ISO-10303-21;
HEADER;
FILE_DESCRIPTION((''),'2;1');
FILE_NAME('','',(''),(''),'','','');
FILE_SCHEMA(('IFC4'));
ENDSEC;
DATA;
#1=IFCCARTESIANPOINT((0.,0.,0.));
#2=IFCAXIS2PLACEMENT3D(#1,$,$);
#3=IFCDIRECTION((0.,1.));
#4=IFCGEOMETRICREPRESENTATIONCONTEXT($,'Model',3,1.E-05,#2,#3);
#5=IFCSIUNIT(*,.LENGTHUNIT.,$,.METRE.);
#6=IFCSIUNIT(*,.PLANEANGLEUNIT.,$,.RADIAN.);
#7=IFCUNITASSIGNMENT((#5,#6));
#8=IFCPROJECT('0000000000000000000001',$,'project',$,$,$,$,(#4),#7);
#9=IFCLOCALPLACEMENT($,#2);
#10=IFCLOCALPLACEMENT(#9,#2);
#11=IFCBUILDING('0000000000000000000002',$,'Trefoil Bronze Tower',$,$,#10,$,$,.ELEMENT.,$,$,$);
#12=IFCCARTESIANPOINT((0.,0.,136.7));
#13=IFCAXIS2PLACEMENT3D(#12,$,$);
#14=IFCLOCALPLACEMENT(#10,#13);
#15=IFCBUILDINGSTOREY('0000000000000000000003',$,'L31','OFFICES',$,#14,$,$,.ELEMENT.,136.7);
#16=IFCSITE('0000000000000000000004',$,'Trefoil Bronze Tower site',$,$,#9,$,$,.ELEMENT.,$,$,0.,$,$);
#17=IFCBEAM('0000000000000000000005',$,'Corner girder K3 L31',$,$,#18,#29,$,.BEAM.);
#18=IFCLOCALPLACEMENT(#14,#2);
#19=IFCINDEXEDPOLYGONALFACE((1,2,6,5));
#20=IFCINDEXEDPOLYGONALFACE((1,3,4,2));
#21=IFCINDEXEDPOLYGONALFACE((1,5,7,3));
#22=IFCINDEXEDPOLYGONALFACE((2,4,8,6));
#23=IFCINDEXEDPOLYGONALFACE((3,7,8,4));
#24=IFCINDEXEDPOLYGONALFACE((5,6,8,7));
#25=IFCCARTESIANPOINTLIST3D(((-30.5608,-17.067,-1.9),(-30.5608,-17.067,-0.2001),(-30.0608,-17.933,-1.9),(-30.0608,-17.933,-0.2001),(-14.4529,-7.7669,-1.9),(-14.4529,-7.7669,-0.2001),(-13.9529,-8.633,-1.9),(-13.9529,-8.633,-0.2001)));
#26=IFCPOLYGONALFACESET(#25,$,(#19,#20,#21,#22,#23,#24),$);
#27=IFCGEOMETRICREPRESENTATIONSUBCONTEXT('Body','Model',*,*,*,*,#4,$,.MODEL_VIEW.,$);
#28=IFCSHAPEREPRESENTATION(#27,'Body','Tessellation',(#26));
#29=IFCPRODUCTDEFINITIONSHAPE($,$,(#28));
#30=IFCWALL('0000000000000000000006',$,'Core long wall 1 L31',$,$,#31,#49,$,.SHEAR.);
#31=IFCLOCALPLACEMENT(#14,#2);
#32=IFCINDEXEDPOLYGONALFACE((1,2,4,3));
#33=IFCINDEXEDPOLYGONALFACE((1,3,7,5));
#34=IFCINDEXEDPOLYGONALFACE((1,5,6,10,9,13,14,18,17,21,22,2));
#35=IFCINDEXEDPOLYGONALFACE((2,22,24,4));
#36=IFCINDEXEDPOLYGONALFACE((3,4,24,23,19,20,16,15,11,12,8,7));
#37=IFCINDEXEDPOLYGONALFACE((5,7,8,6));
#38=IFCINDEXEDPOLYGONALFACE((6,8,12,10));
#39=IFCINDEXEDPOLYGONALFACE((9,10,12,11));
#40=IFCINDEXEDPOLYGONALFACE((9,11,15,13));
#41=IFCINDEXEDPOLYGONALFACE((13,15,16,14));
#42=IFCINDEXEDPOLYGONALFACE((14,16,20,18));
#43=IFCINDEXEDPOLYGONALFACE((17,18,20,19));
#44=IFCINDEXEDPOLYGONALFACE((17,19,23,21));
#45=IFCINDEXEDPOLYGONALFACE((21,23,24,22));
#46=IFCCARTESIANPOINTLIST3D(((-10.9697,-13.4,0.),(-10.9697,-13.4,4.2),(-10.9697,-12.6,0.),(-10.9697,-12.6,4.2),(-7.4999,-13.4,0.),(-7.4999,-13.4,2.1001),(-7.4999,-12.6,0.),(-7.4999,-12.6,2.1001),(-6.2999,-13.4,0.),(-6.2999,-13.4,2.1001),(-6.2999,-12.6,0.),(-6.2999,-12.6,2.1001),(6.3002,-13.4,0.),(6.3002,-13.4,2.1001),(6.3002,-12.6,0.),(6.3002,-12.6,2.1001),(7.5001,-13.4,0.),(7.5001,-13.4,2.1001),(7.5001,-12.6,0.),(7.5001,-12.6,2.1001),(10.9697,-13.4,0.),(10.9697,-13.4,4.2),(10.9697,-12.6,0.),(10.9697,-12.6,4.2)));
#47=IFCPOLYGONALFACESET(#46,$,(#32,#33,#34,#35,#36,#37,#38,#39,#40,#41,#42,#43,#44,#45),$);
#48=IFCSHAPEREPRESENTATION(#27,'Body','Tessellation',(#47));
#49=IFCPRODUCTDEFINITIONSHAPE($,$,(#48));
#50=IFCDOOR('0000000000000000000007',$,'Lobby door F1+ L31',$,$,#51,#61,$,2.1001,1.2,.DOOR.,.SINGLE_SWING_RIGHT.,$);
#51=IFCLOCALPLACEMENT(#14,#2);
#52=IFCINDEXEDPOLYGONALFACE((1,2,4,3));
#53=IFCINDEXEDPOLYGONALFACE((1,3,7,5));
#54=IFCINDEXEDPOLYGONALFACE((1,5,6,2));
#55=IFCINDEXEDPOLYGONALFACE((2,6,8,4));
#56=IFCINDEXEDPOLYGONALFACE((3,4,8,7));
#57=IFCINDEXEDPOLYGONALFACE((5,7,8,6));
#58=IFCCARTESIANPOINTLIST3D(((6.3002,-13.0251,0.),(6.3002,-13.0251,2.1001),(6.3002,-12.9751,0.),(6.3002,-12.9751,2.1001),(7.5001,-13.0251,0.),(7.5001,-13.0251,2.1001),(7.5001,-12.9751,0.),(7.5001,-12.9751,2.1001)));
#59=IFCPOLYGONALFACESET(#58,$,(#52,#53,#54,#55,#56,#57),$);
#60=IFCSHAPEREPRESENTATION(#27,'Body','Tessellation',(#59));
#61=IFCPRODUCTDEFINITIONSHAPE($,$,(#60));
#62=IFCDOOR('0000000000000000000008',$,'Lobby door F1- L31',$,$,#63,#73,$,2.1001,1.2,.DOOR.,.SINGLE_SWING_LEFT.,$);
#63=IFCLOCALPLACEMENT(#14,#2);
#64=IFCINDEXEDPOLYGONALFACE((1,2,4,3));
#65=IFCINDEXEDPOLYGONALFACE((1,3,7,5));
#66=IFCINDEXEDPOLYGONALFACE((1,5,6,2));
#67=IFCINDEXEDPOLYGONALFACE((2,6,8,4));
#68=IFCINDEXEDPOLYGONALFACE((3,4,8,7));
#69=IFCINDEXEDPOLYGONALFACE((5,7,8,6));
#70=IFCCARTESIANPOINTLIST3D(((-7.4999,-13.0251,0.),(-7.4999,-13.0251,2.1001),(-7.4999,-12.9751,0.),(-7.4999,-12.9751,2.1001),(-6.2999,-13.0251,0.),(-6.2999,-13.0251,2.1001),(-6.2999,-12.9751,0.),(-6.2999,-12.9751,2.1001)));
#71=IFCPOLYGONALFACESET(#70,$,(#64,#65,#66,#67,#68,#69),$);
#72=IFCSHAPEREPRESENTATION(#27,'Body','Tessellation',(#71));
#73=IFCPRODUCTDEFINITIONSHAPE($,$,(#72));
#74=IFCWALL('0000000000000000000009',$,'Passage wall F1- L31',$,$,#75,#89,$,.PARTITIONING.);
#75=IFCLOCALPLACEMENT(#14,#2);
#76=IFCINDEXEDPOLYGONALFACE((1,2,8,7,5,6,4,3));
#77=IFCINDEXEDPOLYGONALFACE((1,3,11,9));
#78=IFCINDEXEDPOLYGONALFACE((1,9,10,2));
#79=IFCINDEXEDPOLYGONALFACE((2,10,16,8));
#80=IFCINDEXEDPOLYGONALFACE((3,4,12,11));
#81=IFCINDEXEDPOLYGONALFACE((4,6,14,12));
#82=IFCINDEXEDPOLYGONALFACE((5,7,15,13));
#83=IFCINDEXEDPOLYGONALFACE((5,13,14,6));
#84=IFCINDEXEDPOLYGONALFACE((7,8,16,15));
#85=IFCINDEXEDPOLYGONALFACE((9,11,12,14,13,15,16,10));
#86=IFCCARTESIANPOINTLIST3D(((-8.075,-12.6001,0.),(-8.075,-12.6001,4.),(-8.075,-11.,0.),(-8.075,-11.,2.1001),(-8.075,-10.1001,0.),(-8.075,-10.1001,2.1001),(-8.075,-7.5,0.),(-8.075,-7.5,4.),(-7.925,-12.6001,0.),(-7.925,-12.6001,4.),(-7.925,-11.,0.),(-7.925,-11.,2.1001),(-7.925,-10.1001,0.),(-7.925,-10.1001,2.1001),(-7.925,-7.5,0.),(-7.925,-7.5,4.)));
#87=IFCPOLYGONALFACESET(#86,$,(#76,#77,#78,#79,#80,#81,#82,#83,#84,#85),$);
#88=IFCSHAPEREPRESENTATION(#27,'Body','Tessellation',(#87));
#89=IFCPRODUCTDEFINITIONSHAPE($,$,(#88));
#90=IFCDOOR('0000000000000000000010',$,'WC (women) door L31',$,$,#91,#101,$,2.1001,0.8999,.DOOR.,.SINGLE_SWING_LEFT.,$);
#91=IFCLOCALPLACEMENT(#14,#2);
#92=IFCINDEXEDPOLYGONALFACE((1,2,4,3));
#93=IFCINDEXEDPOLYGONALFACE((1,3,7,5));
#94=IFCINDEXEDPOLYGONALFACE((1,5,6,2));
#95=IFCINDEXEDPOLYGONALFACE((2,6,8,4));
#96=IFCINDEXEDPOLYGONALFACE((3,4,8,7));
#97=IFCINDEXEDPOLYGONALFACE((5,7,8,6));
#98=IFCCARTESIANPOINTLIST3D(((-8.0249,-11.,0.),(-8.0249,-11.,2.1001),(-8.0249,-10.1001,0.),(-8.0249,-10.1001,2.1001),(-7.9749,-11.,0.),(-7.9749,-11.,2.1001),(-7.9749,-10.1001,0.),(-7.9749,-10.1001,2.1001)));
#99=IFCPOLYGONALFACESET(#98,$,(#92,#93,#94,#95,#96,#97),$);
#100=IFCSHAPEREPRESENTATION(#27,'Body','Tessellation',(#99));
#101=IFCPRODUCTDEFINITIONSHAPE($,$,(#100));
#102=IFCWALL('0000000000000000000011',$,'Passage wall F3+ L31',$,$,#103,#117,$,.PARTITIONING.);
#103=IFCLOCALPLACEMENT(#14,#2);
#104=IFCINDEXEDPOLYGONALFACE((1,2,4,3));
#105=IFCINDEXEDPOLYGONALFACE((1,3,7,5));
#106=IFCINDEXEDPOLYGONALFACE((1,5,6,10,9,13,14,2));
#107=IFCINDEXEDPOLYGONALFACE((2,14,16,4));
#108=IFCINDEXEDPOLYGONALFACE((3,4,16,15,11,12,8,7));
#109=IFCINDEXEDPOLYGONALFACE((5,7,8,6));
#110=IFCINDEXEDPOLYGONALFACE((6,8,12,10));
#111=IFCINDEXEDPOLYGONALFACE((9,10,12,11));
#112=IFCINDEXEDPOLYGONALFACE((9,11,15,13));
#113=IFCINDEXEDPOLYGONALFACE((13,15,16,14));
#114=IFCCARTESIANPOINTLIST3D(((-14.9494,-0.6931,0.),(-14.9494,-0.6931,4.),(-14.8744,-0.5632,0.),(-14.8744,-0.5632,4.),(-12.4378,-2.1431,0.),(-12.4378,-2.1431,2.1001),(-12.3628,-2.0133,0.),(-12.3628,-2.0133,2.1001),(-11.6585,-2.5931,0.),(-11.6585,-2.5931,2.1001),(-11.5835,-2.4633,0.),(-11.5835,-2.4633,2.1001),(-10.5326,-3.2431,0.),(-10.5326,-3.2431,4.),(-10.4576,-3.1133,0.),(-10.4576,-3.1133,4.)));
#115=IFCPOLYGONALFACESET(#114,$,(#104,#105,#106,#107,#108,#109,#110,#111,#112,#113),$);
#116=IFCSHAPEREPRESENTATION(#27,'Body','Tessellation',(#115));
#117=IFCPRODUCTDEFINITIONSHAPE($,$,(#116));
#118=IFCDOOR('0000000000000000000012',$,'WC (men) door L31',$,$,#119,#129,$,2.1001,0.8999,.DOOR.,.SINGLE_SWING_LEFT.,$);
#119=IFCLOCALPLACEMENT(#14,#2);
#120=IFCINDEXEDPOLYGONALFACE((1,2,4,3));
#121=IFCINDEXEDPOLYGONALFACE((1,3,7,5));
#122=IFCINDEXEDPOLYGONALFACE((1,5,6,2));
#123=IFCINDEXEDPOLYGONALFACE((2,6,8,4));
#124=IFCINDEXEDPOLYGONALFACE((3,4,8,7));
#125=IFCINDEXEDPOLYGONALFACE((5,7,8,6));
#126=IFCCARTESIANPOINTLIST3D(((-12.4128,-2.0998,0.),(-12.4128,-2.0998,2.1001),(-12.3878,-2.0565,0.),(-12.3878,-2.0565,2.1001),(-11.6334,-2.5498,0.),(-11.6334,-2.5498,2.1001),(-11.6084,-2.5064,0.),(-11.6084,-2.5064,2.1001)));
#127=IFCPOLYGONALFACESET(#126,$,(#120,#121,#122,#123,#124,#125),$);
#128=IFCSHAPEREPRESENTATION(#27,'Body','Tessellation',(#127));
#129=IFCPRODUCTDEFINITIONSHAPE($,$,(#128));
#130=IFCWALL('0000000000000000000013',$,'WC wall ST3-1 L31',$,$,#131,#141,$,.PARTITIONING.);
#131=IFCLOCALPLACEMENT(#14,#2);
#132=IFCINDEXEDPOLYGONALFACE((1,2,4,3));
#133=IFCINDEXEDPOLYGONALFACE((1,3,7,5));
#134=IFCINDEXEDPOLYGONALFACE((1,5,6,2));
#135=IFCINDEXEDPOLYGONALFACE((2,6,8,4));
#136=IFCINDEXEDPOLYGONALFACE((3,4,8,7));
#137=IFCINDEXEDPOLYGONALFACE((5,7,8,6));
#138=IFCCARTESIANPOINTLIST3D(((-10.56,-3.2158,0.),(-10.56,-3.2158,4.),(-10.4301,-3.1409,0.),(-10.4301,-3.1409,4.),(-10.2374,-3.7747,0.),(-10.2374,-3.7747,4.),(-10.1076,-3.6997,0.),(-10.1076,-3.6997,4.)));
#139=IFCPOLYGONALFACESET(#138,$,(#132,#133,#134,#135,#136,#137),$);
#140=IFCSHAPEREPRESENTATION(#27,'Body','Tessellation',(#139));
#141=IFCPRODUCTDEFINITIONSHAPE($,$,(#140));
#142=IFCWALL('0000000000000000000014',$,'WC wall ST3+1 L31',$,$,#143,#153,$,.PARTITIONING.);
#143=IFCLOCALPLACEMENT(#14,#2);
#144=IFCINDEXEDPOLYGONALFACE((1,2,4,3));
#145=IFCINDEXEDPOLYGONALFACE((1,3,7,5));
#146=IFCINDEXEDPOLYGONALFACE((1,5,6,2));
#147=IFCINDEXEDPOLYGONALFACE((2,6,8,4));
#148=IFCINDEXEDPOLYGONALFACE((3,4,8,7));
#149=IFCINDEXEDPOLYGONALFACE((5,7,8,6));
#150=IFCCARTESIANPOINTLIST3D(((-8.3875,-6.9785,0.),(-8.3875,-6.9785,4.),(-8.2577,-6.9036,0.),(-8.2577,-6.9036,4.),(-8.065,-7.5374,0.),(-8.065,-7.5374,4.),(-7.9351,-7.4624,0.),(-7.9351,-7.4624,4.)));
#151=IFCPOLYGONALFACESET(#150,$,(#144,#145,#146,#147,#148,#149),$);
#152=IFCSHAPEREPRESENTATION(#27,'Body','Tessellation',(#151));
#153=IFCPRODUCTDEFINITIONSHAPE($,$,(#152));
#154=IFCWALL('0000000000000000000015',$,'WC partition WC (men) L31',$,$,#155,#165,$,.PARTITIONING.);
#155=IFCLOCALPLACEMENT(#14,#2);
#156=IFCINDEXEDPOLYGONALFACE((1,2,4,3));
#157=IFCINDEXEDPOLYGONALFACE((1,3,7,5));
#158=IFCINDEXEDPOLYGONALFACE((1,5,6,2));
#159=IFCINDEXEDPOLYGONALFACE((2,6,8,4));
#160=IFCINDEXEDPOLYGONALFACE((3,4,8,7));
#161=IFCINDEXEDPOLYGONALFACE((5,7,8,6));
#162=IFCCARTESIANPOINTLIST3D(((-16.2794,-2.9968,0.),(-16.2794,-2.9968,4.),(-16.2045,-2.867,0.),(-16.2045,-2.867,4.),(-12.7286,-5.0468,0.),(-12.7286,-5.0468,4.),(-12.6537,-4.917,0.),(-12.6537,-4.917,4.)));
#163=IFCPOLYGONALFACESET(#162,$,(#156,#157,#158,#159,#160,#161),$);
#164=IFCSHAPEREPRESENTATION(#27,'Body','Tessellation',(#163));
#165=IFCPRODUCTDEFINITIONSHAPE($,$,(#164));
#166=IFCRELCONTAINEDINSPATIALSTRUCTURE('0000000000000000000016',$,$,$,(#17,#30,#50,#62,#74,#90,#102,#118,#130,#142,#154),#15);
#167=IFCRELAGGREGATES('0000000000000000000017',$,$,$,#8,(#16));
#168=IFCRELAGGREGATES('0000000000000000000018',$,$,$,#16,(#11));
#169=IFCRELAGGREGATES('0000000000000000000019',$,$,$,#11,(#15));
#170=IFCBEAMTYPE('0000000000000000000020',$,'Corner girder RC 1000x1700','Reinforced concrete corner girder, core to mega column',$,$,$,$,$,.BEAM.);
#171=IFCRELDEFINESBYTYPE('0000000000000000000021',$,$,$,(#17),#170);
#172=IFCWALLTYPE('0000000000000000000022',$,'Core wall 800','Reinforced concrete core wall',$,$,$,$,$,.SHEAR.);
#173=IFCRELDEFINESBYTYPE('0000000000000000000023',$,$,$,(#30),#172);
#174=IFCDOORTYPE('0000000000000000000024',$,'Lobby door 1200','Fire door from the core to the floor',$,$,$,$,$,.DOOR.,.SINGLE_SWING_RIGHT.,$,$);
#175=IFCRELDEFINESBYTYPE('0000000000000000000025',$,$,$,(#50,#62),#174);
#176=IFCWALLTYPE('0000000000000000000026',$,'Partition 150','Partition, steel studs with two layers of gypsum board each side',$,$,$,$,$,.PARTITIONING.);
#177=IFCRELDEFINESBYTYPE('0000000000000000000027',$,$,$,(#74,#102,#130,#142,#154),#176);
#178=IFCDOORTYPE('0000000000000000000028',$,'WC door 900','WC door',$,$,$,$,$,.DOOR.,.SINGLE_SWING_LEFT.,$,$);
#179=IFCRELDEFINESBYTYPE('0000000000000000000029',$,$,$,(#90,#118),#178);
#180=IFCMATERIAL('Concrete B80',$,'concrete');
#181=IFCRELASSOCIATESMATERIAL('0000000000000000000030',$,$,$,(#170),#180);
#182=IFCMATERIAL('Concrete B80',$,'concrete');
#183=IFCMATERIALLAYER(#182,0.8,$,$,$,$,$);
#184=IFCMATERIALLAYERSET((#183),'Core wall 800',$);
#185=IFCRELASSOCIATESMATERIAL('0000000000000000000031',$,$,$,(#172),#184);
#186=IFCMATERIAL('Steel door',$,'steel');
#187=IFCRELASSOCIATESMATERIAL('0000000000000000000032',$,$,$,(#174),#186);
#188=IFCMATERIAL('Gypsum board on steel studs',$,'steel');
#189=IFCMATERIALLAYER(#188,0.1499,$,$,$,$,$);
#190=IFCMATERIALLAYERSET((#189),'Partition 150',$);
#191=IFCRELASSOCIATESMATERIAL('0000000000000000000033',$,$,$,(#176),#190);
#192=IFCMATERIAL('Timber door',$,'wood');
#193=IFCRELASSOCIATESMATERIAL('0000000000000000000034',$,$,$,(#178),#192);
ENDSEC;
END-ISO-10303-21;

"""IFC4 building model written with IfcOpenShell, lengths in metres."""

from ifc_helpers import new_model, si_unit, direction, frame, frame_2d, origin, origin_2d, place, context, subcontext, project, spatial, rectangle, extrude, material, layer, layer_set, material_profile, profile_set, type_object, element, fill, save


model = new_model("IFC4")

# Units and contexts
model_context = context("Model", 3, precision=1e-05, world=origin(), true_north=direction((0.0, 1.0)))
body_context = subcontext(model_context, "Body", "Model", "MODEL_VIEW")
ifc_project = project(units=[si_unit("LENGTHUNIT", "METRE"), si_unit("PLANEANGLEUNIT", "RADIAN")], contexts=[model_context])

# Site, building, storey
site_placement = place(None, origin())
site = spatial("IfcSite", under=ifc_project, at=site_placement, Name="Trefoil Bronze Tower site", CompositionType="ELEMENT", RefElevation=0.0)
building_placement = place(site_placement, origin())
building = spatial("IfcBuilding", under=site, at=building_placement, Name="Trefoil Bronze Tower", CompositionType="ELEMENT")
storey_placement = place(building_placement, frame((0.0, 0.0, 136.7)))
storey = spatial("IfcBuildingStorey", under=building, at=storey_placement, Name="L31", Description="OFFICES", CompositionType="ELEMENT", Elevation=136.7)

# Beam
ifc_material_1 = material(Name="Concrete B80", Category="concrete")
ifc_material_profile_1 = material_profile(ifc_material_1, rectangle(XDim=1.0, YDim=1.7, at=origin_2d()), Name="RC 1000x1700")
ifc_profile_set_1 = profile_set([ifc_material_profile_1], Name="Concrete B80")
beam_type_1 = type_object("IfcBeamType", Name="Corner girder RC 1000x1700", Description="Reinforced concrete corner girder, core to mega column", PredefinedType="BEAM", material=ifc_profile_set_1)
beam_placement = place(storey_placement, frame((-14.2029, -8.2, -1.05), z_axis=(-0.866022, -0.500006, 0.0), x_axis=(0.500006, -0.866022, 0.0)))
element("IfcBeam", 1, at=beam_placement, inside=storey, type_object=beam_type_1, Name="Corner girder K3 L31", PredefinedType="BEAM", context=body_context, shape_type="SweptSolid", body=[
    extrude(rectangle(XDim=1.0, YDim=1.7, at=origin_2d()), origin(), (0.0, 0.0, 1.0), 18.5999),
])

# Wall, openings, doors
ifc_material_2 = material(Name="Concrete B80", Category="concrete")
ifc_layer_1 = layer(ifc_material_2, 0.8)
ifc_layer_set_1 = layer_set([ifc_layer_1], Name="Core wall 800")
wall_type_1 = type_object("IfcWallType", Name="Core wall 800", Description="Reinforced concrete core wall", PredefinedType="SHEAR", material=ifc_layer_set_1)
wall_1_placement = place(storey_placement, frame((-10.9697, -13.0, 0.0), z_axis=(0.0, 0.0, 1.0), x_axis=(1.0, 0.0, 0.0)))
wall_1 = element("IfcWall", 2, at=wall_1_placement, inside=storey, type_object=wall_type_1, Name="Core long wall 1 L31", PredefinedType="SHEAR", context=body_context, shape_type="SweptSolid", body=[
    extrude(rectangle(XDim=21.9395, YDim=0.8, at=frame_2d((10.9697, 0.0))), origin(), (0.0, 0.0, 1.0), 4.2),
])
opening_1_placement = place(wall_1_placement, frame((17.2698, 0.0, 0.0)))
opening_1 = element("IfcOpeningElement", 3, at=opening_1_placement, cuts=wall_1, PredefinedType="OPENING", context=body_context, shape_type="SweptSolid", body=[
    extrude(rectangle(XDim=1.2, YDim=2.1001, at=frame_2d((0.6001, 1.05))), frame((0.0, 0.4099, 0.0), z_axis=(0.0, -1.0, 0.0), x_axis=(1.0, 0.0, 0.0)), (0.0, 0.0, 1.0), 0.8201),
])
opening_2_placement = place(wall_1_placement, frame((3.4697, 0.0, 0.0)))
opening_2 = element("IfcOpeningElement", 4, at=opening_2_placement, cuts=wall_1, PredefinedType="OPENING", context=body_context, shape_type="SweptSolid", body=[
    extrude(rectangle(XDim=1.2, YDim=2.1001, at=frame_2d((0.6001, 1.05))), frame((0.0, 0.4099, 0.0), z_axis=(0.0, -1.0, 0.0), x_axis=(1.0, 0.0, 0.0)), (0.0, 0.0, 1.0), 0.8201),
])
ifc_material_3 = material(Name="Steel door", Category="steel")
door_type_1 = type_object("IfcDoorType", Name="Lobby door 1200", Description="Fire door from the core to the floor", OperationType="SINGLE_SWING_RIGHT", PredefinedType="DOOR", material=ifc_material_3)
door_1_placement = place(opening_1_placement, origin())
door_1 = element("IfcDoor", 5, at=door_1_placement, inside=storey, type_object=door_type_1, Name="Lobby door F1+ L31", OperationType="SINGLE_SWING_RIGHT", OverallHeight=2.1001, OverallWidth=1.2, PredefinedType="DOOR", context=body_context, shape_type="SweptSolid", body=[
    extrude(rectangle(XDim=1.2, YDim=2.1001, at=frame_2d((0.6001, 1.05))), frame((0.0, 0.0249, 0.0), z_axis=(0.0, -1.0, 0.0), x_axis=(1.0, 0.0, 0.0)), (0.0, 0.0, 1.0), 0.05),
])
fill(opening_1, door_1)
door_2_placement = place(opening_2_placement, origin())
door_2 = element("IfcDoor", 6, at=door_2_placement, inside=storey, type_object=door_type_1, Name="Lobby door F1- L31", OperationType="SINGLE_SWING_LEFT", OverallHeight=2.1001, OverallWidth=1.2, PredefinedType="DOOR", context=body_context, shape_type="SweptSolid", body=[
    extrude(rectangle(XDim=1.2, YDim=2.1001, at=frame_2d((0.6001, 1.05))), frame((0.0, 0.0249, 0.0), z_axis=(0.0, -1.0, 0.0), x_axis=(1.0, 0.0, 0.0)), (0.0, 0.0, 1.0), 0.05),
])
fill(opening_2, door_2)

# Walls, openings, doors
ifc_material_4 = material(Name="Gypsum board on steel studs", Category="steel")
ifc_layer_2 = layer(ifc_material_4, 0.1499)
ifc_layer_set_2 = layer_set([ifc_layer_2], Name="Partition 150")
wall_type_2 = type_object("IfcWallType", Name="Partition 150", Description="Partition, steel studs with two layers of gypsum board each side", PredefinedType="PARTITIONING", material=ifc_layer_set_2)
wall_2_placement = place(storey_placement, frame((-8.0, -7.5, 0.0), z_axis=(0.0, 0.0, 1.0), x_axis=(0.0, -1.0, 0.0)))
wall_2 = element("IfcWall", 7, at=wall_2_placement, inside=storey, type_object=wall_type_2, Name="Passage wall F1- L31", PredefinedType="PARTITIONING", context=body_context, shape_type="SweptSolid", body=[
    extrude(rectangle(XDim=5.1001, YDim=0.1499, at=frame_2d((2.55, 0.0))), origin(), (0.0, 0.0, 1.0), 4.0),
])
opening_3_placement = place(wall_2_placement, frame((2.6001, 0.0, 0.0)))
opening_3 = element("IfcOpeningElement", 8, at=opening_3_placement, cuts=wall_2, PredefinedType="OPENING", context=body_context, shape_type="SweptSolid", body=[
    extrude(rectangle(XDim=0.8999, YDim=2.1001, at=frame_2d((0.45, 1.05))), frame((0.0, 0.085, 0.0), z_axis=(0.0, -1.0, 0.0), x_axis=(1.0, 0.0, 0.0)), (0.0, 0.0, 1.0), 0.1699),
])
ifc_material_5 = material(Name="Timber door", Category="wood")
door_type_2 = type_object("IfcDoorType", Name="WC door 900", Description="WC door", OperationType="SINGLE_SWING_LEFT", PredefinedType="DOOR", material=ifc_material_5)
door_3_placement = place(opening_3_placement, frame((0.8999, 0.0, 0.0), z_axis=(0.0, 0.0, 1.0), x_axis=(-1.0, 0.0, 0.0)))
door_3 = element("IfcDoor", 9, at=door_3_placement, inside=storey, type_object=door_type_2, Name="WC (women) door L31", OperationType="SINGLE_SWING_LEFT", OverallHeight=2.1001, OverallWidth=0.8999, PredefinedType="DOOR", context=body_context, shape_type="SweptSolid", body=[
    extrude(rectangle(XDim=0.8999, YDim=2.1001, at=frame_2d((0.45, 1.05))), frame((0.0, 0.0249, 0.0), z_axis=(0.0, -1.0, 0.0), x_axis=(1.0, 0.0, 0.0)), (0.0, 0.0, 1.0), 0.05),
])
fill(opening_3, door_3)
wall_3_placement = place(storey_placement, frame((-10.4951, -3.1782, 0.0), z_axis=(0.0, 0.0, 1.0), x_axis=(-0.866022, 0.500006, 0.0)))
wall_3 = element("IfcWall", 10, at=wall_3_placement, inside=storey, type_object=wall_type_2, Name="Passage wall F3+ L31", PredefinedType="PARTITIONING", context=body_context, shape_type="SweptSolid", body=[
    extrude(rectangle(XDim=5.1001, YDim=0.1499, at=frame_2d((2.55, 0.0))), origin(), (0.0, 0.0, 1.0), 4.0),
])
opening_4_placement = place(wall_3_placement, frame((1.3, 0.0, 0.0)))
opening_4 = element("IfcOpeningElement", 11, at=opening_4_placement, cuts=wall_3, PredefinedType="OPENING", context=body_context, shape_type="SweptSolid", body=[
    extrude(rectangle(XDim=0.8999, YDim=2.1001, at=frame_2d((0.45, 1.05))), frame((0.0, 0.085, 0.0), z_axis=(0.0, -1.0, 0.0), x_axis=(1.0, 0.0, 0.0)), (0.0, 0.0, 1.0), 0.1699),
])
door_4_placement = place(opening_4_placement, origin())
door_4 = element("IfcDoor", 12, at=door_4_placement, inside=storey, type_object=door_type_2, Name="WC (men) door L31", OperationType="SINGLE_SWING_LEFT", OverallHeight=2.1001, OverallWidth=0.8999, PredefinedType="DOOR", context=body_context, shape_type="SweptSolid", body=[
    extrude(rectangle(XDim=0.8999, YDim=2.1001, at=frame_2d((0.45, 1.05))), frame((0.0, 0.0249, 0.0), z_axis=(0.0, -1.0, 0.0), x_axis=(1.0, 0.0, 0.0)), (0.0, 0.0, 1.0), 0.05),
])
fill(opening_4, door_4)

# Walls
for number, where, z_axis, x_axis, name in (
    (13, (-10.4951, -3.1782, 0.0), (0.0, 0.0, 1.0), (0.499843, -0.866116, 0.0), "WC wall ST3-1 L31"),
    (14, (-8.0, -7.5, 0.0), (0.0, 0.0, 1.0), (-0.499843, 0.866116, 0.0), "WC wall ST3+1 L31"),
):
    element("IfcWall", number, at=place(storey_placement, frame(where, z_axis=z_axis, x_axis=x_axis)), inside=storey, type_object=wall_type_2, Name=name, PredefinedType="PARTITIONING", context=body_context, shape_type="SweptSolid", body=[
        extrude(rectangle(XDim=0.6453, YDim=0.1499, at=frame_2d((0.3228, 0.0))), origin(), (0.0, 0.0, 1.0), 4.0),
    ])
wall_4_placement = place(storey_placement, frame((-12.6912, -4.9819, 0.0), z_axis=(0.0, 0.0, 1.0), x_axis=(-0.866025, 0.500001, 0.0)))
element("IfcWall", 15, at=wall_4_placement, inside=storey, type_object=wall_type_2, Name="WC partition WC (men) L31", PredefinedType="PARTITIONING", context=body_context, shape_type="SweptSolid", body=[
    extrude(rectangle(XDim=4.1001, YDim=0.1499, at=frame_2d((2.05, 0.0))), origin(), (0.0, 0.0, 1.0), 4.0),
])

save(model, "model.ifc")
